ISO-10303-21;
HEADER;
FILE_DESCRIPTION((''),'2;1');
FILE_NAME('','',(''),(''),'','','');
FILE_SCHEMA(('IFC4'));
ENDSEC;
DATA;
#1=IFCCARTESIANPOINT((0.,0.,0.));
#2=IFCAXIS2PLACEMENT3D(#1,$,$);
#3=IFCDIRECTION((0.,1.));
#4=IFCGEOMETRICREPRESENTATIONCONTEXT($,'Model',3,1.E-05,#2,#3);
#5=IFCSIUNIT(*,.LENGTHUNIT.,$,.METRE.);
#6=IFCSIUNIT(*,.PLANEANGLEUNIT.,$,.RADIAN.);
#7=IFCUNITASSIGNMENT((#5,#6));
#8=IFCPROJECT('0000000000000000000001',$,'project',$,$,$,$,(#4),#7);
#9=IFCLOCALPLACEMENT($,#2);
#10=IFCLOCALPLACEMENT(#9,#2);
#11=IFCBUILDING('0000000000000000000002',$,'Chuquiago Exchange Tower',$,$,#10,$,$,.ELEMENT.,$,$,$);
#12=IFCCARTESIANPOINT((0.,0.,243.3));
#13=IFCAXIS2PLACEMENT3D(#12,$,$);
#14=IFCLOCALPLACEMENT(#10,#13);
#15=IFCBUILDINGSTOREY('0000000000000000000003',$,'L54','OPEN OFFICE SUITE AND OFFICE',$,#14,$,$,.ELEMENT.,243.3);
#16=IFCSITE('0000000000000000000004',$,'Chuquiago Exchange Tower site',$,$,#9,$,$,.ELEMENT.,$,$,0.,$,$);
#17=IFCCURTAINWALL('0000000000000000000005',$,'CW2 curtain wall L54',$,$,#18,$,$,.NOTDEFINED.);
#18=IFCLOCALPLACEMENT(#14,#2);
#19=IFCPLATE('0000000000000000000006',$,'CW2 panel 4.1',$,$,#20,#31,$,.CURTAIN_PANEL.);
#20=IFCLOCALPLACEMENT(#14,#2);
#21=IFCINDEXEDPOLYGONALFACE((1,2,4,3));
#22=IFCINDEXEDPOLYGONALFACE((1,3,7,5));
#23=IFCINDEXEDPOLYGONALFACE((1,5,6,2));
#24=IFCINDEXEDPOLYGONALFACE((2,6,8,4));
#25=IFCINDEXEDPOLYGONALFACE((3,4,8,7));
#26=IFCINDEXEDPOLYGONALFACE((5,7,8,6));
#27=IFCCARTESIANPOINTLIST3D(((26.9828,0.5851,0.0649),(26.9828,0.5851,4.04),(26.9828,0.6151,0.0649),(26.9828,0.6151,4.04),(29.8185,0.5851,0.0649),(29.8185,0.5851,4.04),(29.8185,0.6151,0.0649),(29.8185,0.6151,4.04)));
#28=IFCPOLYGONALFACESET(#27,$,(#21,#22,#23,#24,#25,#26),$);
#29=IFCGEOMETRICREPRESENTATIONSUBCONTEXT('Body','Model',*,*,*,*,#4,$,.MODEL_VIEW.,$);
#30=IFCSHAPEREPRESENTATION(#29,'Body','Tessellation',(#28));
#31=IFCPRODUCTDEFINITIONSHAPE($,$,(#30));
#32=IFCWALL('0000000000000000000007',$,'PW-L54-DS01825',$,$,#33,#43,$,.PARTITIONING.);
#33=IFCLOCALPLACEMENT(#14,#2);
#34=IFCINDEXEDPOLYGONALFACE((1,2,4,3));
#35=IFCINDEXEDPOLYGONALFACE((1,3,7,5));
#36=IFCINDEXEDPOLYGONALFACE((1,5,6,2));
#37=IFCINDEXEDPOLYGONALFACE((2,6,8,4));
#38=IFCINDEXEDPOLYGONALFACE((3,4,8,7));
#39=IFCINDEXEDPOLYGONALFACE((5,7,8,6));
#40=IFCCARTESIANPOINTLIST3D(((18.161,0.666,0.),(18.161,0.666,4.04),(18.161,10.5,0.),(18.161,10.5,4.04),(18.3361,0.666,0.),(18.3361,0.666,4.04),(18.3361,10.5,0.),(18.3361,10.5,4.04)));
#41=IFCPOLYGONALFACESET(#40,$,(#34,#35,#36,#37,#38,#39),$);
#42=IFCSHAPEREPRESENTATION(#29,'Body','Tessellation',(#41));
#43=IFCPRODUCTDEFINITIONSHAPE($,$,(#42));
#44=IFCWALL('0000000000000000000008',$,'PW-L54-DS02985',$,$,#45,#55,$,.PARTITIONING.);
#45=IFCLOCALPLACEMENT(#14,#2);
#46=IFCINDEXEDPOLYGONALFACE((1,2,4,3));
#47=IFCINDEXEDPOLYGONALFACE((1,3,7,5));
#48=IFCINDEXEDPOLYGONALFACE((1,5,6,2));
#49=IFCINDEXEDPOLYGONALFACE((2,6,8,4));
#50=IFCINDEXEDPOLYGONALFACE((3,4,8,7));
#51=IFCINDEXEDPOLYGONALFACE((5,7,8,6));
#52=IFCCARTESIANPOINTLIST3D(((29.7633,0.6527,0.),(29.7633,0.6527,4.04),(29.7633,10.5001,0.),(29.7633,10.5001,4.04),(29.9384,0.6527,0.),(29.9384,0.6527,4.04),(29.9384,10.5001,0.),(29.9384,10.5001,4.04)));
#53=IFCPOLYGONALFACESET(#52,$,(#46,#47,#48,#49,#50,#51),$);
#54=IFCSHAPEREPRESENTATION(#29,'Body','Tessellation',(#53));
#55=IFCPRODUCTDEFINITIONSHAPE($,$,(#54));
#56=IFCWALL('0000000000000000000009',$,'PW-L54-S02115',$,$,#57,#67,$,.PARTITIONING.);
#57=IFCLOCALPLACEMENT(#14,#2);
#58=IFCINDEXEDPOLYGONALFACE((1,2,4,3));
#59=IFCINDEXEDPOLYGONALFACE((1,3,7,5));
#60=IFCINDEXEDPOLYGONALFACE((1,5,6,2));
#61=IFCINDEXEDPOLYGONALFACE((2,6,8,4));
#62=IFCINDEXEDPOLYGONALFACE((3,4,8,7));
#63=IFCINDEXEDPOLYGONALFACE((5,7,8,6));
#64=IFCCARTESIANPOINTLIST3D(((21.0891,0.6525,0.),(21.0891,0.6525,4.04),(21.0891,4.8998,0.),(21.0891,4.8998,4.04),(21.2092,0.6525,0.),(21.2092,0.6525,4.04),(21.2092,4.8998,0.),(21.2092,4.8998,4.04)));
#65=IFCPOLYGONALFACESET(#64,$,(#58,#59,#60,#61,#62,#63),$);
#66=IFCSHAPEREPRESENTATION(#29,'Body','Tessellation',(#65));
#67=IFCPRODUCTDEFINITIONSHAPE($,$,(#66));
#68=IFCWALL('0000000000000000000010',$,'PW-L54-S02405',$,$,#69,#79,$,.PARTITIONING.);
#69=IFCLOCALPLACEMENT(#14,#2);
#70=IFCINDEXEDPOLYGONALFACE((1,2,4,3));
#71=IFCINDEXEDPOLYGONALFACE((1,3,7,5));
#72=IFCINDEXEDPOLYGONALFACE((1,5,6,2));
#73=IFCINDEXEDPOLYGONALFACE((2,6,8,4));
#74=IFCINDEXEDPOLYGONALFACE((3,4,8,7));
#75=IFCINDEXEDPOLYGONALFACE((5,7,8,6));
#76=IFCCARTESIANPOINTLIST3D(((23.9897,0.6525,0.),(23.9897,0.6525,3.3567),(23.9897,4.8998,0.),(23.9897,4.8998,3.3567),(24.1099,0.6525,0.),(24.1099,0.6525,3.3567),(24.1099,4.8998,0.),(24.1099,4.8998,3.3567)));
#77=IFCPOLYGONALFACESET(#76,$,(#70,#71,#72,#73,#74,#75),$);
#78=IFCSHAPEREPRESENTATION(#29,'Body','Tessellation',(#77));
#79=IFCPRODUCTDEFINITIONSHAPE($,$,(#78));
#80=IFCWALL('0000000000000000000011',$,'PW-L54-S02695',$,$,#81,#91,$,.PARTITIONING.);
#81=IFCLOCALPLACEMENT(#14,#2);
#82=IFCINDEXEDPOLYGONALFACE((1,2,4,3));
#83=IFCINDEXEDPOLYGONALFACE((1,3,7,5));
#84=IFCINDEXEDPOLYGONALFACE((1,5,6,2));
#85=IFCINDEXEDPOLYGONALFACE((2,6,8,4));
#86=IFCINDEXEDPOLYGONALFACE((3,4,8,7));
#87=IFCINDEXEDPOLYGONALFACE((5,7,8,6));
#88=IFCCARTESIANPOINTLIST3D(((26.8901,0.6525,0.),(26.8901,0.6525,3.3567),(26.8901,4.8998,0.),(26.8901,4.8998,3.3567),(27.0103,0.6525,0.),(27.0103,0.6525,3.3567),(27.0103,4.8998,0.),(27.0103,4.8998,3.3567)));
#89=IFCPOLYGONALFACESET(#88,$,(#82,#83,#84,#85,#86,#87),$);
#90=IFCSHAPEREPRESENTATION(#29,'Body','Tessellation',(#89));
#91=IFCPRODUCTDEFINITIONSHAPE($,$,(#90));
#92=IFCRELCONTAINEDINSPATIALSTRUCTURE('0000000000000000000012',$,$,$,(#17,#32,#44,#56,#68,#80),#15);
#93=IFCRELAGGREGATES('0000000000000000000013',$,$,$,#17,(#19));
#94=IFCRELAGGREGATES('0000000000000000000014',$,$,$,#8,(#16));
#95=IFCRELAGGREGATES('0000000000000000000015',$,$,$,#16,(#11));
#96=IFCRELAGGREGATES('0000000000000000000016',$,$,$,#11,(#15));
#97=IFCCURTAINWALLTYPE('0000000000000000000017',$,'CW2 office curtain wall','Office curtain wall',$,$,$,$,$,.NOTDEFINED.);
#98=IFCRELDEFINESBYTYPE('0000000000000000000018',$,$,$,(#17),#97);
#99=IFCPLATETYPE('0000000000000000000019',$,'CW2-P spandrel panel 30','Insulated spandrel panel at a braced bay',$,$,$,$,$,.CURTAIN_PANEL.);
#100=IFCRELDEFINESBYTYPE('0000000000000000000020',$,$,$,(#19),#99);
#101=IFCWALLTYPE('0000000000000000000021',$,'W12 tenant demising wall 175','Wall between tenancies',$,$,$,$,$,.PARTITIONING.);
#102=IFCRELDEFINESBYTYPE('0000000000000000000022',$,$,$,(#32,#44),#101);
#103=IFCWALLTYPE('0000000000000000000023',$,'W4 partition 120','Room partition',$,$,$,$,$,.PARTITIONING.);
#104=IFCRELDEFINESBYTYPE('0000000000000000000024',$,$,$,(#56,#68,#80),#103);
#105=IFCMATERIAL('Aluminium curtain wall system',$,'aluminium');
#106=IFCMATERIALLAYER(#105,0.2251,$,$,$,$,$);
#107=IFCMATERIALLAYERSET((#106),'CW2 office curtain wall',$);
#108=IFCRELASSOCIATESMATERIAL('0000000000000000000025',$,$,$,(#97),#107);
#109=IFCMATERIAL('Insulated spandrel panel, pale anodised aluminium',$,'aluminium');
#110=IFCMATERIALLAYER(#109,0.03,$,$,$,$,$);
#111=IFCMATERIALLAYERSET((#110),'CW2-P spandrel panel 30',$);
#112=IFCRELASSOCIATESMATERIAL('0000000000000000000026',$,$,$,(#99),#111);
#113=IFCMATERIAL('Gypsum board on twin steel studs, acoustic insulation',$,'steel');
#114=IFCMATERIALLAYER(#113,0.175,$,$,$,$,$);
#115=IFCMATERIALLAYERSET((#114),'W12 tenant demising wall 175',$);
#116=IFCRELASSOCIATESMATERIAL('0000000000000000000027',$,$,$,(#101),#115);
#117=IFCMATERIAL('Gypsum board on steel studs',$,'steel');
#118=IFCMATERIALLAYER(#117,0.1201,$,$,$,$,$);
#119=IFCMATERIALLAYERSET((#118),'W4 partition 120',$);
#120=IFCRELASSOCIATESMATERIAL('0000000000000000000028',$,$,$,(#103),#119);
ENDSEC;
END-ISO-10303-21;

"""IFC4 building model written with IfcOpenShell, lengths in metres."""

from ifc_helpers import new_model, si_unit, direction, frame, frame_2d, origin, origin_2d, place, context, subcontext, project, spatial, rectangle, extrude, material, layer, layer_set, type_object, element, aggregate, save


model = new_model("IFC4")

# Units and contexts
model_context = context("Model", 3, precision=1e-05, world=origin(), true_north=direction((0.0, 1.0)))
body_context = subcontext(model_context, "Body", "Model", "MODEL_VIEW")
ifc_project = project(units=[si_unit("LENGTHUNIT", "METRE"), si_unit("PLANEANGLEUNIT", "RADIAN")], contexts=[model_context])

# Site, building, storey
site_placement = place(None, origin())
site = spatial("IfcSite", under=ifc_project, at=site_placement, Name="Chuquiago Exchange Tower site", CompositionType="ELEMENT", RefElevation=0.0)
building_placement = place(site_placement, origin())
building = spatial("IfcBuilding", under=site, at=building_placement, Name="Chuquiago Exchange Tower", CompositionType="ELEMENT")
storey_placement = place(building_placement, frame((0.0, 0.0, 243.3)))
storey = spatial("IfcBuildingStorey", under=building, at=storey_placement, Name="L54", Description="OPEN OFFICE SUITE AND OFFICE", CompositionType="ELEMENT", Elevation=243.3)

# Curtain wall
ifc_material_1 = material(Name="Aluminium curtain wall system", Category="aluminium")
ifc_layer_1 = layer(ifc_material_1, 0.2251)
ifc_layer_set_1 = layer_set([ifc_layer_1], Name="CW2 office curtain wall")
curtain_wall_type_1 = type_object("IfcCurtainWallType", Name="CW2 office curtain wall", Description="Office curtain wall", PredefinedType="NOTDEFINED", material=ifc_layer_set_1)
curtain_wall_1_placement = place(storey_placement, origin())
curtain_wall_1 = element("IfcCurtainWall", 1, at=curtain_wall_1_placement, inside=storey, type_object=curtain_wall_type_1, Name="CW2 curtain wall L54", PredefinedType="NOTDEFINED")

# Plate
ifc_material_2 = material(Name="Insulated spandrel panel, pale anodised aluminium", Category="aluminium")
ifc_layer_2 = layer(ifc_material_2, 0.03)
ifc_layer_set_2 = layer_set([ifc_layer_2], Name="CW2-P spandrel panel 30")
plate_type_1 = type_object("IfcPlateType", Name="CW2-P spandrel panel 30", Description="Insulated spandrel panel at a braced bay", PredefinedType="CURTAIN_PANEL", material=ifc_layer_set_2)
plate_1_placement = place(storey_placement, frame((28.4006, 0.6001, 0.0649), z_axis=(0.0, 0.0, 1.0), x_axis=(1.0, 0.0, 0.0)))
plate_1 = element("IfcPlate", 2, at=plate_1_placement, type_object=plate_type_1, Name="CW2 panel 4.1", PredefinedType="CURTAIN_PANEL", context=body_context, shape_type="SweptSolid", body=[
    extrude(rectangle(XDim=2.8357, YDim=0.03, at=origin_2d()), origin(), (0.0, 0.0, 1.0), 3.9751),
])
aggregate(curtain_wall_1, [plate_1])

# Walls
ifc_material_3 = material(Name="Gypsum board on twin steel studs, acoustic insulation", Category="steel")
ifc_layer_3 = layer(ifc_material_3, 0.175)
ifc_layer_set_3 = layer_set([ifc_layer_3], Name="W12 tenant demising wall 175")
wall_type_1 = type_object("IfcWallType", Name="W12 tenant demising wall 175", Description="Wall between tenancies", PredefinedType="PARTITIONING", material=ifc_layer_set_3)
wall_1_placement = place(storey_placement, frame((18.2485, 0.666, 0.0), z_axis=(0.0, 0.0, 1.0), x_axis=(0.0, 1.0, 0.0)))
element("IfcWall", 3, at=wall_1_placement, inside=storey, type_object=wall_type_1, Name="PW-L54-DS01825", PredefinedType="PARTITIONING", context=body_context, shape_type="SweptSolid", body=[
    extrude(rectangle(XDim=9.834, YDim=0.175, at=frame_2d((4.917, 0.0))), origin(), (0.0, 0.0, 1.0), 4.04),
])
wall_2_placement = place(storey_placement, frame((29.8508, 0.6526, 0.0), z_axis=(0.0, 0.0, 1.0), x_axis=(0.0, 1.0, 0.0)))
element("IfcWall", 4, at=wall_2_placement, inside=storey, type_object=wall_type_1, Name="PW-L54-DS02985", PredefinedType="PARTITIONING", context=body_context, shape_type="SweptSolid", body=[
    extrude(rectangle(XDim=9.8474, YDim=0.175, at=frame_2d((4.9238, 0.0))), origin(), (0.0, 0.0, 1.0), 4.04),
])
ifc_material_4 = material(Name="Gypsum board on steel studs", Category="steel")
ifc_layer_4 = layer(ifc_material_4, 0.1201)
ifc_layer_set_4 = layer_set([ifc_layer_4], Name="W4 partition 120")
wall_type_2 = type_object("IfcWallType", Name="W4 partition 120", Description="Room partition", PredefinedType="PARTITIONING", material=ifc_layer_set_4)
wall_3_placement = place(storey_placement, frame((21.1492, 0.6526, 0.0), z_axis=(0.0, 0.0, 1.0), x_axis=(0.0, 1.0, 0.0)))
element("IfcWall", 5, at=wall_3_placement, inside=storey, type_object=wall_type_2, Name="PW-L54-S02115", PredefinedType="PARTITIONING", context=body_context, shape_type="SweptSolid", body=[
    extrude(rectangle(XDim=4.2473, YDim=0.1201, at=frame_2d((2.1235, 0.0))), origin(), (0.0, 0.0, 1.0), 4.04),
])
for number, where, z_axis, x_axis, name in (
    (6, (24.0498, 0.6526, 0.0), (0.0, 0.0, 1.0), (0.0, 1.0, 0.0), "PW-L54-S02405"),
    (7, (26.9502, 0.6526, 0.0), (0.0, 0.0, 1.0), (0.0, 1.0, 0.0), "PW-L54-S02695"),
):
    element("IfcWall", number, at=place(storey_placement, frame(where, z_axis=z_axis, x_axis=x_axis)), inside=storey, type_object=wall_type_2, Name=name, PredefinedType="PARTITIONING", context=body_context, shape_type="SweptSolid", body=[
        extrude(rectangle(XDim=4.2473, YDim=0.1201, at=frame_2d((2.1235, 0.0))), origin(), (0.0, 0.0, 1.0), 3.3567),
    ])

save(model, "model.ifc")
